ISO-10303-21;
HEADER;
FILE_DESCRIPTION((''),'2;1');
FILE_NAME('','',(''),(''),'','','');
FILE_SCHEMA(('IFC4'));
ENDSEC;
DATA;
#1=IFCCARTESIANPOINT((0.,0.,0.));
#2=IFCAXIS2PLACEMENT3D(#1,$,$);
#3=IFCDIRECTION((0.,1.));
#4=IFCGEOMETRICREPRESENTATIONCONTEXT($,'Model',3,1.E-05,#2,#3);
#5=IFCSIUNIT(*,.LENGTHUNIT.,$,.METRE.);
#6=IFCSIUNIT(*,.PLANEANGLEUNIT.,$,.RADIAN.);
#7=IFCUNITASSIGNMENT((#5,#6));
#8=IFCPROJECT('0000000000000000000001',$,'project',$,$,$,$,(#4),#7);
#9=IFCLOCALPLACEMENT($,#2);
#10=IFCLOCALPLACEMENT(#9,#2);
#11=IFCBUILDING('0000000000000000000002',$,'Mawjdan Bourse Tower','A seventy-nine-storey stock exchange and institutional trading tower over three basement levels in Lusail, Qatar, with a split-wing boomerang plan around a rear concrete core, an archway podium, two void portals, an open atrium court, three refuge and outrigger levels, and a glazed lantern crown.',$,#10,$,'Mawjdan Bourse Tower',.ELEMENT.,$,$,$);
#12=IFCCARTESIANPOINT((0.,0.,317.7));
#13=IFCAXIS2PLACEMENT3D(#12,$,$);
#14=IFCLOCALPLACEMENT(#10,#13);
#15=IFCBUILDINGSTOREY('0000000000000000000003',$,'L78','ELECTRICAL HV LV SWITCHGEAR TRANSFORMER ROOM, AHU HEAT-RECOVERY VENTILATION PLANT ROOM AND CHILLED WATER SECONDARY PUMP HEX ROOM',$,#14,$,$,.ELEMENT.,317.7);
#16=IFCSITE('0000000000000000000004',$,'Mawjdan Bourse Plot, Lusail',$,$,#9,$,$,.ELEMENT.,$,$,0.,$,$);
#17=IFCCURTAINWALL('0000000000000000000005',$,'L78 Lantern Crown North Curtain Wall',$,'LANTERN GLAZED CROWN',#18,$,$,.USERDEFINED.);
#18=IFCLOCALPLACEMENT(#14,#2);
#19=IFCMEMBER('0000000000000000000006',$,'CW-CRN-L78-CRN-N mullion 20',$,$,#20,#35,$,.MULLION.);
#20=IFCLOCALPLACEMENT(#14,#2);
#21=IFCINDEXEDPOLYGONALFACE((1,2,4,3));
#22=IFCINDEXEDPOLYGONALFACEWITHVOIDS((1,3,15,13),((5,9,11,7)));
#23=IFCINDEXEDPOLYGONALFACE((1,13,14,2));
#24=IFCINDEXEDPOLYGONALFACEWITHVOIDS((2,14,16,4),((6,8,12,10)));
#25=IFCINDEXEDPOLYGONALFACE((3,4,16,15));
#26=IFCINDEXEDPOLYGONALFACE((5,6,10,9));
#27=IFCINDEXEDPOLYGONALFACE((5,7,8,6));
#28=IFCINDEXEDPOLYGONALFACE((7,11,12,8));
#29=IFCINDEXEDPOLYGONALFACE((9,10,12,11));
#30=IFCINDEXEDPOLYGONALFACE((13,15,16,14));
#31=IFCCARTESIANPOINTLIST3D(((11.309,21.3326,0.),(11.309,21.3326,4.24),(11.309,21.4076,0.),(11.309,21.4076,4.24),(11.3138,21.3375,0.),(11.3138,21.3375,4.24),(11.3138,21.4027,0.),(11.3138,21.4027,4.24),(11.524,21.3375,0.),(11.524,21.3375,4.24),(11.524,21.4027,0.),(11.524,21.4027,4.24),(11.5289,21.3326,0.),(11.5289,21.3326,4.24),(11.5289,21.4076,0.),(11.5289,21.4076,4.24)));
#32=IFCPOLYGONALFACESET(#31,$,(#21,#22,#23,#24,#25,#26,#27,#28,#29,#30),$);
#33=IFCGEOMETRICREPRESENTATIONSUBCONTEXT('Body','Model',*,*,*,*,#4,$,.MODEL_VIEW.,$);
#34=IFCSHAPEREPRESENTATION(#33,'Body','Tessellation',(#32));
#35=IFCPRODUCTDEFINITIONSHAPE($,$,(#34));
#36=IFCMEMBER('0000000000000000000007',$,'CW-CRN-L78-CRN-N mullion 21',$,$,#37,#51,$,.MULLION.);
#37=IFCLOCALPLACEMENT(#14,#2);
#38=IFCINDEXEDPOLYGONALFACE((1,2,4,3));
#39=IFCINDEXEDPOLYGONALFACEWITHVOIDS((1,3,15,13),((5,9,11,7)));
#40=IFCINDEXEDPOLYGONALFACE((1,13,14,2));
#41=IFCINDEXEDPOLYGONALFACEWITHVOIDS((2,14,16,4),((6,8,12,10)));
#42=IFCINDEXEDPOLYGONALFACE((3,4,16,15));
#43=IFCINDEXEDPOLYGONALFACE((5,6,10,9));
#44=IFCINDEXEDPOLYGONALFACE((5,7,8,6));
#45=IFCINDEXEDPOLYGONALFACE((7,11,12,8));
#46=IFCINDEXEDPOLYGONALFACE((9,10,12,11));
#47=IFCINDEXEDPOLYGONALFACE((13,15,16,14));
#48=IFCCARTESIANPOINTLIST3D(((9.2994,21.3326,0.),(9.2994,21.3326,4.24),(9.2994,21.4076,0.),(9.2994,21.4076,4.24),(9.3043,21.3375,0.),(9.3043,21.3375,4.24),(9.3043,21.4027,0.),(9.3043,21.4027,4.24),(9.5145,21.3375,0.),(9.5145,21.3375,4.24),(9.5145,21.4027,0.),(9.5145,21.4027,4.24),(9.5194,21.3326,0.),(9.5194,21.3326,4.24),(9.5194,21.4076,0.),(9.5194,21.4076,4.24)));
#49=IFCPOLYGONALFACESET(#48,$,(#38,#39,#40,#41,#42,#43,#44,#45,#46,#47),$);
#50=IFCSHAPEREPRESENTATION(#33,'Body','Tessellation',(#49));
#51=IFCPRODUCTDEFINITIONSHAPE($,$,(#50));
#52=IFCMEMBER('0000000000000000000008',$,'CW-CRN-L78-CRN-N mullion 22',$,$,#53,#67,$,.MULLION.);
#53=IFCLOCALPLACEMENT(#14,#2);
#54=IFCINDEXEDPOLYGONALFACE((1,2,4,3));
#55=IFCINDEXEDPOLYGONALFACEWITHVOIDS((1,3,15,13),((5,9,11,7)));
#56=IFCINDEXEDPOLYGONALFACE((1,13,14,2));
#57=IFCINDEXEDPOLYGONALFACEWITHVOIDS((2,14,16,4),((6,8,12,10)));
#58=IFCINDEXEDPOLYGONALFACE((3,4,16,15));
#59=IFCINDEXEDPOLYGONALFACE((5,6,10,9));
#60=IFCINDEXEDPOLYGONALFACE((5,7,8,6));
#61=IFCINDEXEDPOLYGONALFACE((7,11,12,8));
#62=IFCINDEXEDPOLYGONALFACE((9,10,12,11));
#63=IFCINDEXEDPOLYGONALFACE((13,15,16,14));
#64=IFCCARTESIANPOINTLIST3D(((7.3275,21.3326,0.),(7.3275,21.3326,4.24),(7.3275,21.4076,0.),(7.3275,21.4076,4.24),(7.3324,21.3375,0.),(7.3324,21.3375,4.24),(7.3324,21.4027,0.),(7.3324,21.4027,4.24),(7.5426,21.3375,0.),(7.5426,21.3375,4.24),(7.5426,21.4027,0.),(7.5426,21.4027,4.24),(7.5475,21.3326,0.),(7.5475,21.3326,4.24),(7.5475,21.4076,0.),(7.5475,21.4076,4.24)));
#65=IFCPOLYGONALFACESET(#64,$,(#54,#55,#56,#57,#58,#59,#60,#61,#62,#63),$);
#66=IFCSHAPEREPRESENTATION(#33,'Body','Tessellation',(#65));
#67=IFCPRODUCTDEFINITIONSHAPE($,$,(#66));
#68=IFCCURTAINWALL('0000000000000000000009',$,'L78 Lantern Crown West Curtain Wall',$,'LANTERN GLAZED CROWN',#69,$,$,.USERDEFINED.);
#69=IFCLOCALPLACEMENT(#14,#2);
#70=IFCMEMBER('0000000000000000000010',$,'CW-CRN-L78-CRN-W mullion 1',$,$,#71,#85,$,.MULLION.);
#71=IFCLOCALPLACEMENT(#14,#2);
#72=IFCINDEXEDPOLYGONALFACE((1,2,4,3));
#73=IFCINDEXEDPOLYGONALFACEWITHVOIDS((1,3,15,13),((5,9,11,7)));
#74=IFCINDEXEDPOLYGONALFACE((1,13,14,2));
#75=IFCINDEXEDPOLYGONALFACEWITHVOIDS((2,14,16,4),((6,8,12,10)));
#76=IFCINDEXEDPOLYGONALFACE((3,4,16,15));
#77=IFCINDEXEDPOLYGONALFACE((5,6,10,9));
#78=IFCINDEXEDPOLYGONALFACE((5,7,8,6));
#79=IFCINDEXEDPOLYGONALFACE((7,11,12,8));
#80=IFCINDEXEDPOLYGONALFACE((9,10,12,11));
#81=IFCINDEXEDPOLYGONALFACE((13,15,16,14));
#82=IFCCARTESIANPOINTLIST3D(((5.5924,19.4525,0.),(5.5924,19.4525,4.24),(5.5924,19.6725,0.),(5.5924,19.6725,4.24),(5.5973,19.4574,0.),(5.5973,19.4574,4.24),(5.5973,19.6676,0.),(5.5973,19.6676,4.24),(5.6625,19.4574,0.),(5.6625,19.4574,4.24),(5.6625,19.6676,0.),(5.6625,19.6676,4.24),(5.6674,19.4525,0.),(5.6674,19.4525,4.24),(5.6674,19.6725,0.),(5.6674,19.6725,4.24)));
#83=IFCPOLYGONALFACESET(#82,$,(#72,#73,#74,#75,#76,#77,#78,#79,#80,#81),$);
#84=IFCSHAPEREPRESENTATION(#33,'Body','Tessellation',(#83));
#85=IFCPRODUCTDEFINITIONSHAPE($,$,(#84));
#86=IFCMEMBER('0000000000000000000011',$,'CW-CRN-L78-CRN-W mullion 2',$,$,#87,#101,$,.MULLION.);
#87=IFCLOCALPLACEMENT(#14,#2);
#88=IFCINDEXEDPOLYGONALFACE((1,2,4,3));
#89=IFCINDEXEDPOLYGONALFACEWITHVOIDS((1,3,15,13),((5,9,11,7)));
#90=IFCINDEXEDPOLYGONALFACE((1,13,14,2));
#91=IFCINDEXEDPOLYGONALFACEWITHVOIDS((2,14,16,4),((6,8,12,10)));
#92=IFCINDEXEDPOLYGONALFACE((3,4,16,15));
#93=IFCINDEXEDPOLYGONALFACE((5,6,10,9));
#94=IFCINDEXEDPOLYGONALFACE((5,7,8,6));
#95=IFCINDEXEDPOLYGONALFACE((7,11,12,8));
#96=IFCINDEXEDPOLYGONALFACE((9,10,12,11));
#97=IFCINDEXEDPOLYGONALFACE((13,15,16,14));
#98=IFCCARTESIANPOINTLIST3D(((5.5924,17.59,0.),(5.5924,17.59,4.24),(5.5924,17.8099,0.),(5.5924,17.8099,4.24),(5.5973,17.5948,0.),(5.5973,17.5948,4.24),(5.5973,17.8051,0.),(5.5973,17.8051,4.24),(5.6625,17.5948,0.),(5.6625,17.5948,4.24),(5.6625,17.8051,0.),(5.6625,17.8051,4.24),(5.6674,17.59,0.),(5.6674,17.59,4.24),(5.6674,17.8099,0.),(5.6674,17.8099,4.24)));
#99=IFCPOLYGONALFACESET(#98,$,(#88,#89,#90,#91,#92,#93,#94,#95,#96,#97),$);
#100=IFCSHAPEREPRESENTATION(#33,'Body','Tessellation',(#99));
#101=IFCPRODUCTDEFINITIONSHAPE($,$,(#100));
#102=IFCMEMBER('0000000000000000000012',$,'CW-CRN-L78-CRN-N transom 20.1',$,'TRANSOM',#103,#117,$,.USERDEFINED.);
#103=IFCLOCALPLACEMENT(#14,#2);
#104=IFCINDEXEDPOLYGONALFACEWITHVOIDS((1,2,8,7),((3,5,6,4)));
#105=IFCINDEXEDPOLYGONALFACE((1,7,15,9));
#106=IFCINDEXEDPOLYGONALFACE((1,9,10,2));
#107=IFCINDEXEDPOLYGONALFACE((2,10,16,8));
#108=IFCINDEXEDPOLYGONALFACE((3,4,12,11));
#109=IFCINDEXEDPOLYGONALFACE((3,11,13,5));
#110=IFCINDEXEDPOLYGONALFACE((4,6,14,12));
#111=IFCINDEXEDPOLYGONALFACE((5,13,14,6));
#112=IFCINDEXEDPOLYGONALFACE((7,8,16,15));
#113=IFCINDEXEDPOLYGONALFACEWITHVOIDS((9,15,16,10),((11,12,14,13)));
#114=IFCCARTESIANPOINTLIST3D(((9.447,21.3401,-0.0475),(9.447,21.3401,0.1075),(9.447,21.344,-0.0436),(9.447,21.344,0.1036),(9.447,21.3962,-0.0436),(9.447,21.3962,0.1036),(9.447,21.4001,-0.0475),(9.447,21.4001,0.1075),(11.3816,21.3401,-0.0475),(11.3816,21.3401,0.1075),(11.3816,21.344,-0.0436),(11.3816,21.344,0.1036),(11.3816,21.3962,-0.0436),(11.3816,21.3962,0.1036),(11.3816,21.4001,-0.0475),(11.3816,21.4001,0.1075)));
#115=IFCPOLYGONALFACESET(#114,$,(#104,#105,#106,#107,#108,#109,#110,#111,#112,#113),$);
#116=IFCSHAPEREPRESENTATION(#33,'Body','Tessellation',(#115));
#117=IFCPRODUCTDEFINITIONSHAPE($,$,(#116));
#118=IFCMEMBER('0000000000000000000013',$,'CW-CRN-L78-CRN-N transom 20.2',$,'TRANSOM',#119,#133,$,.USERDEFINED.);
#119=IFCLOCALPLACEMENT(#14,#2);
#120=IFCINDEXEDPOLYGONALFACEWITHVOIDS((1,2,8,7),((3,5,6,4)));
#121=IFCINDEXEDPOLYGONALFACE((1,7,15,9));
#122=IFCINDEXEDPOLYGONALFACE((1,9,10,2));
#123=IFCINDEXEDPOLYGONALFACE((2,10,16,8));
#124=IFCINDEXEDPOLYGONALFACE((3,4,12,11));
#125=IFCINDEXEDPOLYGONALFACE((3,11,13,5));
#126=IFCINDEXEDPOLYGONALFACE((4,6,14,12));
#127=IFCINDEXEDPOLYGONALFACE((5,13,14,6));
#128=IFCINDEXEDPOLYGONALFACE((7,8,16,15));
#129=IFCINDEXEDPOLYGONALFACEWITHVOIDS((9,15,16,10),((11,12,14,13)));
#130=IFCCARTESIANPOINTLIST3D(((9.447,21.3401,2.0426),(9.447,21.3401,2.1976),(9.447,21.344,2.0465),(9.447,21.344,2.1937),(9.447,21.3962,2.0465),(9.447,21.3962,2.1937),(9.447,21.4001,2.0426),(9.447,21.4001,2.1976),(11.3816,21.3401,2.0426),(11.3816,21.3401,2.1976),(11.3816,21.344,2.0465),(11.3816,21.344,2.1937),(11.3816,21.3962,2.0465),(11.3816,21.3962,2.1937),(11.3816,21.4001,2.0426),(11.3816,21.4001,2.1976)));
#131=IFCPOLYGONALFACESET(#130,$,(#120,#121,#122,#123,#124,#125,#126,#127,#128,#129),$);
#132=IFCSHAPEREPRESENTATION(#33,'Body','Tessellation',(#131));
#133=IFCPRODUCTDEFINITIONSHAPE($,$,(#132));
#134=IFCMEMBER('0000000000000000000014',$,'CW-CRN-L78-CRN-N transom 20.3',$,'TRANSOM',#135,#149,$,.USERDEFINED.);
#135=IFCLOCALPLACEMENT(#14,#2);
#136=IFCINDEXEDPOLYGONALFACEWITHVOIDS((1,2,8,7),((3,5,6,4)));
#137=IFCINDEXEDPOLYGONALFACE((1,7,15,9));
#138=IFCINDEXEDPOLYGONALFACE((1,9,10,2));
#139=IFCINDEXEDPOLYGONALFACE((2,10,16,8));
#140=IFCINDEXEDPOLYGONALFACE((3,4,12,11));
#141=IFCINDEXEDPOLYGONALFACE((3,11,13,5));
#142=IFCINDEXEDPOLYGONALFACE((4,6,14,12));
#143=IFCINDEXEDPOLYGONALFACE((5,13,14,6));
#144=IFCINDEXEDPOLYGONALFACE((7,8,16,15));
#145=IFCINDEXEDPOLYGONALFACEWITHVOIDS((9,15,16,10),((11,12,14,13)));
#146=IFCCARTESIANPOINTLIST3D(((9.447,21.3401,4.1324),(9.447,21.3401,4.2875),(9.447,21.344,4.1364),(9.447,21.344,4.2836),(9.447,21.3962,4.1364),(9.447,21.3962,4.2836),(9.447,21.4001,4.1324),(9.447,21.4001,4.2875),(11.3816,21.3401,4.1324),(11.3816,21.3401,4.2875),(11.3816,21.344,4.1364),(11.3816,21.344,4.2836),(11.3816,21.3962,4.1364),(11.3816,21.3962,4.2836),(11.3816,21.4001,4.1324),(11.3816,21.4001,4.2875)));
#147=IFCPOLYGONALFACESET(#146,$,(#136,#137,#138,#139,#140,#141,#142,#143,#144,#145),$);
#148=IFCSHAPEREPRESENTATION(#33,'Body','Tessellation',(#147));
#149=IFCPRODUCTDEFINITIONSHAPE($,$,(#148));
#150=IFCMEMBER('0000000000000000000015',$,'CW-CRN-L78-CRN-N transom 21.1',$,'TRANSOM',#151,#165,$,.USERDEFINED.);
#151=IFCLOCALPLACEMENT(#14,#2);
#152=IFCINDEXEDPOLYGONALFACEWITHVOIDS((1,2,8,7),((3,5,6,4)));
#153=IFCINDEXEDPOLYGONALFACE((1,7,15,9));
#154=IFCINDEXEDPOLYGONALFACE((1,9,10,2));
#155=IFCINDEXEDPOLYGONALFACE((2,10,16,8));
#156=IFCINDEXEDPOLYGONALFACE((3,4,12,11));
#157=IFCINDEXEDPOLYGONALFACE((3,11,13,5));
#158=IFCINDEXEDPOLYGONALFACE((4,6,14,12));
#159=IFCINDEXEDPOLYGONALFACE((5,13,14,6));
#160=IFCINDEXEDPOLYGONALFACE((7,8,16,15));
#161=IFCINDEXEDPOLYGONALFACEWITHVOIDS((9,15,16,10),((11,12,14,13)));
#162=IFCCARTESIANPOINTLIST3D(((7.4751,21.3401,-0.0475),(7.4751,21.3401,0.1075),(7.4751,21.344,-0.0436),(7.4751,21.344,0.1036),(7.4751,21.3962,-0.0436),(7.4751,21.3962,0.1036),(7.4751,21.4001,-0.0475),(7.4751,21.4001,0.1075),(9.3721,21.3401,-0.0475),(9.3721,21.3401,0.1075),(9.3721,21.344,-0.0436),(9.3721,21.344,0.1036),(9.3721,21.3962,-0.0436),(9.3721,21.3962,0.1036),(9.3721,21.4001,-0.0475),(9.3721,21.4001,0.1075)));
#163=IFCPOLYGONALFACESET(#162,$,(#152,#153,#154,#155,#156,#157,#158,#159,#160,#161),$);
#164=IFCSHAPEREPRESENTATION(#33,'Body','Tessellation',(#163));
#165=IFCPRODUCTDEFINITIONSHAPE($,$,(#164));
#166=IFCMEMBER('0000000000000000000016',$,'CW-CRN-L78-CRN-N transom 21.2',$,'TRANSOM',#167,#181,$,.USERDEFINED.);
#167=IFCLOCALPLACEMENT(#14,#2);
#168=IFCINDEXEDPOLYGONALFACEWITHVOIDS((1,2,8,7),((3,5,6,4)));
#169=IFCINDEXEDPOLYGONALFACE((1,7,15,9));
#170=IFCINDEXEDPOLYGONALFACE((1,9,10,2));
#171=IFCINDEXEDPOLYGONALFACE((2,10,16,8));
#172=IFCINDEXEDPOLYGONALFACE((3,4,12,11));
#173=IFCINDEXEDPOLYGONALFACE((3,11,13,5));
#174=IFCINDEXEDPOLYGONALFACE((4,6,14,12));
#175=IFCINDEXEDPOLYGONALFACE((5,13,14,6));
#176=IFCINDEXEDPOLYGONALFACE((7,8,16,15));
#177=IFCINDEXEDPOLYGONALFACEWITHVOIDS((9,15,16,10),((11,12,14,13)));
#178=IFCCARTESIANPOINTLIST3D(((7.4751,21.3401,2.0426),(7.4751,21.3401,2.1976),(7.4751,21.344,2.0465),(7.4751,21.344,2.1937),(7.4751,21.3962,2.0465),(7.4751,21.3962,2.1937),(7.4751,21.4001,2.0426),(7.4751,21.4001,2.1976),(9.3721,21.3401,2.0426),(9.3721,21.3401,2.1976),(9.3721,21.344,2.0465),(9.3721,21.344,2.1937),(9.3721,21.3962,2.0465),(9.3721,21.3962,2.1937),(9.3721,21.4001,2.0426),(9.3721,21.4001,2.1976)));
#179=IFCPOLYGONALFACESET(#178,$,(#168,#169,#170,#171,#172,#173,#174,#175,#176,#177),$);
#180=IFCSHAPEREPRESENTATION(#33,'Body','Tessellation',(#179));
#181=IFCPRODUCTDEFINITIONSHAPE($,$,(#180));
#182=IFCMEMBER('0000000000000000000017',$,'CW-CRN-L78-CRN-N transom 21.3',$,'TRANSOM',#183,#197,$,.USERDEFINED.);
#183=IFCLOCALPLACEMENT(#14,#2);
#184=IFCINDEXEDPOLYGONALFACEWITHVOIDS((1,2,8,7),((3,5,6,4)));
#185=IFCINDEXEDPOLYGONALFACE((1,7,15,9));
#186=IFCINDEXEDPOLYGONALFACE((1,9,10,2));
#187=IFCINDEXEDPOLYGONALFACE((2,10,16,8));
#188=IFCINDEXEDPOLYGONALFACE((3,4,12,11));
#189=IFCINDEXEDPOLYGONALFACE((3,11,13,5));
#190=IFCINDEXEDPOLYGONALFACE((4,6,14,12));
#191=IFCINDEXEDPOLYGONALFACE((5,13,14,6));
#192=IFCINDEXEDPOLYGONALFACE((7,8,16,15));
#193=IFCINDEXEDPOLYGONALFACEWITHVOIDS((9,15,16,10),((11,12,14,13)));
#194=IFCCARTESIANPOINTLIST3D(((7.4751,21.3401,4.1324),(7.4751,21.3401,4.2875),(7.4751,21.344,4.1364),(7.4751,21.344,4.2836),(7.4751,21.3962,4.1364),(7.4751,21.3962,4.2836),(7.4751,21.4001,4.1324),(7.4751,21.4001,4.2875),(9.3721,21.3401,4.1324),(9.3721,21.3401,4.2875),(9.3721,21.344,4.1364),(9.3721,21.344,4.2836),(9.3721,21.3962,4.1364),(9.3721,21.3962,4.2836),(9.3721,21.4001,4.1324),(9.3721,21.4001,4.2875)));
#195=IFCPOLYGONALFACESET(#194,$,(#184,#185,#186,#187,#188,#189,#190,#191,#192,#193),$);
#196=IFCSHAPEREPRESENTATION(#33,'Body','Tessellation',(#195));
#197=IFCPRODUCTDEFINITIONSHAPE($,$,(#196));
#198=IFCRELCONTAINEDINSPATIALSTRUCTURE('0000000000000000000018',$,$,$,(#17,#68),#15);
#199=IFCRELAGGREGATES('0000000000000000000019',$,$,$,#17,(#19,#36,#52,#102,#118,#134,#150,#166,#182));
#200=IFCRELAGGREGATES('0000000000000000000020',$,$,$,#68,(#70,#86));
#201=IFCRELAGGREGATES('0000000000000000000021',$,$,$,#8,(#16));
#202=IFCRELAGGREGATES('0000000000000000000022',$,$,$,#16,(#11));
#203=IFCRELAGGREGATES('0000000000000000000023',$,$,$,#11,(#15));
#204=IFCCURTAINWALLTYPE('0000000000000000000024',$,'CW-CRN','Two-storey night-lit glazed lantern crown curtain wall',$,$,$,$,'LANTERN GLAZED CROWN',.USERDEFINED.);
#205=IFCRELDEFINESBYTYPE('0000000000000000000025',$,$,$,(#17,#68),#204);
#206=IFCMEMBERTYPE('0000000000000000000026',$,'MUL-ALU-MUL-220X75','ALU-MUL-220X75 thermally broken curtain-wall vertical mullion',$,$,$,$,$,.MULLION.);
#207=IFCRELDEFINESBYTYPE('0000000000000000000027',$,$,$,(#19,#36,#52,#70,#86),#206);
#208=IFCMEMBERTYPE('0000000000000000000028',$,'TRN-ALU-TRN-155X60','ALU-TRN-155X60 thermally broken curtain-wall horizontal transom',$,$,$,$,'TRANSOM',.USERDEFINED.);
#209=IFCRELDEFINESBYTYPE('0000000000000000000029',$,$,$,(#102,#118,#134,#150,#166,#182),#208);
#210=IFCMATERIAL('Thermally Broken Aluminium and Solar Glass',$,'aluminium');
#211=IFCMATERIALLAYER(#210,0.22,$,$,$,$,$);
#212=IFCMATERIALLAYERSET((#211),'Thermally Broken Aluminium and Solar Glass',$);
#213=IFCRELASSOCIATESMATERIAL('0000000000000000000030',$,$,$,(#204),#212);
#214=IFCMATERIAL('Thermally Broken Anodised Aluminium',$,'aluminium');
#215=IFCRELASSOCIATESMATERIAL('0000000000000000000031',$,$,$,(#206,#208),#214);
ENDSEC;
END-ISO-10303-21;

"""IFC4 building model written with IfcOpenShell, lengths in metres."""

from ifc_helpers import new_model, si_unit, direction, frame, origin, origin_2d, place, context, subcontext, project, spatial, hollow_rectangle, extrude, material, layer, layer_set, material_profile, profile_set, type_object, element, aggregate, save


model = new_model("IFC4")

# Units and contexts
model_context = context("Model", 3, precision=1e-05, world=origin(), true_north=direction((0.0, 1.0)))
body_context = subcontext(model_context, "Body", "Model", "MODEL_VIEW")
ifc_project = project(units=[si_unit("LENGTHUNIT", "METRE"), si_unit("PLANEANGLEUNIT", "RADIAN")], contexts=[model_context])

# Site, building, storey
site_placement = place(None, origin())
site = spatial("IfcSite", under=ifc_project, at=site_placement, Name="Mawjdan Bourse Plot, Lusail", CompositionType="ELEMENT", RefElevation=0.0)
building_placement = place(site_placement, origin())
building = spatial("IfcBuilding", under=site, at=building_placement, Name="Mawjdan Bourse Tower", Description="A seventy-nine-storey stock exchange and institutional trading tower over three basement levels in Lusail, Qatar, with a split-wing boomerang plan around a rear concrete core, an archway podium, two void portals, an open atrium court, three refuge and outrigger levels, and a glazed lantern crown.", LongName="Mawjdan Bourse Tower", CompositionType="ELEMENT")
storey_placement = place(building_placement, frame((0.0, 0.0, 317.7)))
storey = spatial("IfcBuildingStorey", under=building, at=storey_placement, Name="L78", Description="ELECTRICAL HV LV SWITCHGEAR TRANSFORMER ROOM, AHU HEAT-RECOVERY VENTILATION PLANT ROOM AND CHILLED WATER SECONDARY PUMP HEX ROOM", CompositionType="ELEMENT", Elevation=317.7)

# Curtain walls, members
ifc_material_1 = material(Name="Thermally Broken Aluminium and Solar Glass", Category="aluminium")
ifc_layer_1 = layer(ifc_material_1, 0.22)
ifc_layer_set_1 = layer_set([ifc_layer_1], Name="Thermally Broken Aluminium and Solar Glass")
curtain_wall_type = type_object("IfcCurtainWallType", Name="CW-CRN", Description="Two-storey night-lit glazed lantern crown curtain wall", ElementType="LANTERN GLAZED CROWN", PredefinedType="USERDEFINED", material=ifc_layer_set_1)
curtain_wall_1_placement = place(storey_placement, origin())
curtain_wall_1 = element("IfcCurtainWall", 1, at=curtain_wall_1_placement, inside=storey, type_object=curtain_wall_type, Name="L78 Lantern Crown North Curtain Wall", ObjectType="LANTERN GLAZED CROWN", PredefinedType="USERDEFINED")
ifc_material_2 = material(Name="Thermally Broken Anodised Aluminium", Category="aluminium")
ifc_material_profile_1 = material_profile(ifc_material_2, hollow_rectangle(XDim=0.075, YDim=0.22, WallThickness=0.0049, at=origin_2d()), Name="ALU-MUL-220X75")
ifc_profile_set_1 = profile_set([ifc_material_profile_1], Name="Thermally Broken Anodised Aluminium")
member_type_1 = type_object("IfcMemberType", Name="MUL-ALU-MUL-220X75", Description="ALU-MUL-220X75 thermally broken curtain-wall vertical mullion", PredefinedType="MULLION", material=ifc_profile_set_1)
member_1_placement = place(storey_placement, frame((11.4189, 21.3701, 0.0), z_axis=(0.0, 0.0, 1.0), x_axis=(0.0, -1.0, 0.0)))
member_1 = element("IfcMember", 2, at=member_1_placement, type_object=member_type_1, Name="CW-CRN-L78-CRN-N mullion 20", PredefinedType="MULLION", context=body_context, shape_type="SweptSolid", body=[
    extrude(hollow_rectangle(XDim=0.075, YDim=0.22, WallThickness=0.0049, at=origin_2d()), origin(), (0.0, 0.0, 1.0), 4.24),
])
member_2_placement = place(storey_placement, frame((9.4094, 21.3701, 0.0), z_axis=(0.0, 0.0, 1.0), x_axis=(0.0, -1.0, 0.0)))
member_2 = element("IfcMember", 3, at=member_2_placement, type_object=member_type_1, Name="CW-CRN-L78-CRN-N mullion 21", PredefinedType="MULLION", context=body_context, shape_type="SweptSolid", body=[
    extrude(hollow_rectangle(XDim=0.075, YDim=0.22, WallThickness=0.0049, at=origin_2d()), origin(), (0.0, 0.0, 1.0), 4.24),
])
member_3_placement = place(storey_placement, frame((7.4375, 21.3701, 0.0), z_axis=(0.0, 0.0, 1.0), x_axis=(0.0, -1.0, 0.0)))
member_3 = element("IfcMember", 4, at=member_3_placement, type_object=member_type_1, Name="CW-CRN-L78-CRN-N mullion 22", PredefinedType="MULLION", context=body_context, shape_type="SweptSolid", body=[
    extrude(hollow_rectangle(XDim=0.075, YDim=0.22, WallThickness=0.0049, at=origin_2d()), origin(), (0.0, 0.0, 1.0), 4.24),
])
curtain_wall_2_placement = place(storey_placement, origin())
curtain_wall_2 = element("IfcCurtainWall", 5, at=curtain_wall_2_placement, inside=storey, type_object=curtain_wall_type, Name="L78 Lantern Crown West Curtain Wall", ObjectType="LANTERN GLAZED CROWN", PredefinedType="USERDEFINED")
member_4_placement = place(storey_placement, frame((5.6299, 19.5625, 0.0), z_axis=(0.0, 0.0, 1.0), x_axis=(1.0, 0.0, 0.0)))
member_4 = element("IfcMember", 6, at=member_4_placement, type_object=member_type_1, Name="CW-CRN-L78-CRN-W mullion 1", PredefinedType="MULLION", context=body_context, shape_type="SweptSolid", body=[
    extrude(hollow_rectangle(XDim=0.075, YDim=0.22, WallThickness=0.0049, at=origin_2d()), origin(), (0.0, 0.0, 1.0), 4.24),
])
member_5_placement = place(storey_placement, frame((5.6299, 17.7, 0.0), z_axis=(0.0, 0.0, 1.0), x_axis=(1.0, 0.0, 0.0)))
member_5 = element("IfcMember", 7, at=member_5_placement, type_object=member_type_1, Name="CW-CRN-L78-CRN-W mullion 2", PredefinedType="MULLION", context=body_context, shape_type="SweptSolid", body=[
    extrude(hollow_rectangle(XDim=0.075, YDim=0.22, WallThickness=0.0049, at=origin_2d()), origin(), (0.0, 0.0, 1.0), 4.24),
])

# Members
ifc_material_profile_2 = material_profile(ifc_material_2, hollow_rectangle(XDim=0.0601, YDim=0.155, WallThickness=0.0039, at=origin_2d()), Name="ALU-TRN-155X60")
ifc_profile_set_2 = profile_set([ifc_material_profile_2], Name="Thermally Broken Anodised Aluminium")
member_type_2 = type_object("IfcMemberType", Name="TRN-ALU-TRN-155X60", Description="ALU-TRN-155X60 thermally broken curtain-wall horizontal transom", ElementType="TRANSOM", PredefinedType="USERDEFINED", material=ifc_profile_set_2)
member_6_placement = place(storey_placement, frame((11.3816, 21.3701, 0.03), z_axis=(-1.0, 0.0, 0.0), x_axis=(0.0, -1.0, 0.0)))
member_6 = element("IfcMember", 8, at=member_6_placement, type_object=member_type_2, Name="CW-CRN-L78-CRN-N transom 20.1", ObjectType="TRANSOM", PredefinedType="USERDEFINED", context=body_context, shape_type="SweptSolid", body=[
    extrude(hollow_rectangle(XDim=0.0601, YDim=0.155, WallThickness=0.0039, at=origin_2d()), origin(), (0.0, 0.0, 1.0), 1.9346),
])
member_7_placement = place(storey_placement, frame((11.3816, 21.3701, 2.1201), z_axis=(-1.0, 0.0, 0.0), x_axis=(0.0, -1.0, 0.0)))
member_7 = element("IfcMember", 9, at=member_7_placement, type_object=member_type_2, Name="CW-CRN-L78-CRN-N transom 20.2", ObjectType="TRANSOM", PredefinedType="USERDEFINED", context=body_context, shape_type="SweptSolid", body=[
    extrude(hollow_rectangle(XDim=0.0601, YDim=0.155, WallThickness=0.0039, at=origin_2d()), origin(), (0.0, 0.0, 1.0), 1.9346),
])
member_8_placement = place(storey_placement, frame((11.3816, 21.3701, 4.21), z_axis=(-1.0, 0.0, 0.0), x_axis=(0.0, -1.0, 0.0)))
member_8 = element("IfcMember", 10, at=member_8_placement, type_object=member_type_2, Name="CW-CRN-L78-CRN-N transom 20.3", ObjectType="TRANSOM", PredefinedType="USERDEFINED", context=body_context, shape_type="SweptSolid", body=[
    extrude(hollow_rectangle(XDim=0.0601, YDim=0.155, WallThickness=0.0039, at=origin_2d()), origin(), (0.0, 0.0, 1.0), 1.9346),
])
member_9_placement = place(storey_placement, frame((9.3721, 21.3701, 0.03), z_axis=(-1.0, 0.0, 0.0), x_axis=(0.0, -1.0, 0.0)))
member_9 = element("IfcMember", 11, at=member_9_placement, type_object=member_type_2, Name="CW-CRN-L78-CRN-N transom 21.1", ObjectType="TRANSOM", PredefinedType="USERDEFINED", context=body_context, shape_type="SweptSolid", body=[
    extrude(hollow_rectangle(XDim=0.0601, YDim=0.155, WallThickness=0.0039, at=origin_2d()), origin(), (0.0, 0.0, 1.0), 1.897),
])
member_10_placement = place(storey_placement, frame((9.3721, 21.3701, 2.1201), z_axis=(-1.0, 0.0, 0.0), x_axis=(0.0, -1.0, 0.0)))
member_10 = element("IfcMember", 12, at=member_10_placement, type_object=member_type_2, Name="CW-CRN-L78-CRN-N transom 21.2", ObjectType="TRANSOM", PredefinedType="USERDEFINED", context=body_context, shape_type="SweptSolid", body=[
    extrude(hollow_rectangle(XDim=0.0601, YDim=0.155, WallThickness=0.0039, at=origin_2d()), origin(), (0.0, 0.0, 1.0), 1.897),
])
member_11_placement = place(storey_placement, frame((9.3721, 21.3701, 4.21), z_axis=(-1.0, 0.0, 0.0), x_axis=(0.0, -1.0, 0.0)))
member_11 = element("IfcMember", 13, at=member_11_placement, type_object=member_type_2, Name="CW-CRN-L78-CRN-N transom 21.3", ObjectType="TRANSOM", PredefinedType="USERDEFINED", context=body_context, shape_type="SweptSolid", body=[
    extrude(hollow_rectangle(XDim=0.0601, YDim=0.155, WallThickness=0.0039, at=origin_2d()), origin(), (0.0, 0.0, 1.0), 1.897),
])

aggregate(curtain_wall_1, [member_1, member_2, member_3, member_6, member_7, member_8, member_9, member_10, member_11])
aggregate(curtain_wall_2, [member_4, member_5])

save(model, "model.ifc")
